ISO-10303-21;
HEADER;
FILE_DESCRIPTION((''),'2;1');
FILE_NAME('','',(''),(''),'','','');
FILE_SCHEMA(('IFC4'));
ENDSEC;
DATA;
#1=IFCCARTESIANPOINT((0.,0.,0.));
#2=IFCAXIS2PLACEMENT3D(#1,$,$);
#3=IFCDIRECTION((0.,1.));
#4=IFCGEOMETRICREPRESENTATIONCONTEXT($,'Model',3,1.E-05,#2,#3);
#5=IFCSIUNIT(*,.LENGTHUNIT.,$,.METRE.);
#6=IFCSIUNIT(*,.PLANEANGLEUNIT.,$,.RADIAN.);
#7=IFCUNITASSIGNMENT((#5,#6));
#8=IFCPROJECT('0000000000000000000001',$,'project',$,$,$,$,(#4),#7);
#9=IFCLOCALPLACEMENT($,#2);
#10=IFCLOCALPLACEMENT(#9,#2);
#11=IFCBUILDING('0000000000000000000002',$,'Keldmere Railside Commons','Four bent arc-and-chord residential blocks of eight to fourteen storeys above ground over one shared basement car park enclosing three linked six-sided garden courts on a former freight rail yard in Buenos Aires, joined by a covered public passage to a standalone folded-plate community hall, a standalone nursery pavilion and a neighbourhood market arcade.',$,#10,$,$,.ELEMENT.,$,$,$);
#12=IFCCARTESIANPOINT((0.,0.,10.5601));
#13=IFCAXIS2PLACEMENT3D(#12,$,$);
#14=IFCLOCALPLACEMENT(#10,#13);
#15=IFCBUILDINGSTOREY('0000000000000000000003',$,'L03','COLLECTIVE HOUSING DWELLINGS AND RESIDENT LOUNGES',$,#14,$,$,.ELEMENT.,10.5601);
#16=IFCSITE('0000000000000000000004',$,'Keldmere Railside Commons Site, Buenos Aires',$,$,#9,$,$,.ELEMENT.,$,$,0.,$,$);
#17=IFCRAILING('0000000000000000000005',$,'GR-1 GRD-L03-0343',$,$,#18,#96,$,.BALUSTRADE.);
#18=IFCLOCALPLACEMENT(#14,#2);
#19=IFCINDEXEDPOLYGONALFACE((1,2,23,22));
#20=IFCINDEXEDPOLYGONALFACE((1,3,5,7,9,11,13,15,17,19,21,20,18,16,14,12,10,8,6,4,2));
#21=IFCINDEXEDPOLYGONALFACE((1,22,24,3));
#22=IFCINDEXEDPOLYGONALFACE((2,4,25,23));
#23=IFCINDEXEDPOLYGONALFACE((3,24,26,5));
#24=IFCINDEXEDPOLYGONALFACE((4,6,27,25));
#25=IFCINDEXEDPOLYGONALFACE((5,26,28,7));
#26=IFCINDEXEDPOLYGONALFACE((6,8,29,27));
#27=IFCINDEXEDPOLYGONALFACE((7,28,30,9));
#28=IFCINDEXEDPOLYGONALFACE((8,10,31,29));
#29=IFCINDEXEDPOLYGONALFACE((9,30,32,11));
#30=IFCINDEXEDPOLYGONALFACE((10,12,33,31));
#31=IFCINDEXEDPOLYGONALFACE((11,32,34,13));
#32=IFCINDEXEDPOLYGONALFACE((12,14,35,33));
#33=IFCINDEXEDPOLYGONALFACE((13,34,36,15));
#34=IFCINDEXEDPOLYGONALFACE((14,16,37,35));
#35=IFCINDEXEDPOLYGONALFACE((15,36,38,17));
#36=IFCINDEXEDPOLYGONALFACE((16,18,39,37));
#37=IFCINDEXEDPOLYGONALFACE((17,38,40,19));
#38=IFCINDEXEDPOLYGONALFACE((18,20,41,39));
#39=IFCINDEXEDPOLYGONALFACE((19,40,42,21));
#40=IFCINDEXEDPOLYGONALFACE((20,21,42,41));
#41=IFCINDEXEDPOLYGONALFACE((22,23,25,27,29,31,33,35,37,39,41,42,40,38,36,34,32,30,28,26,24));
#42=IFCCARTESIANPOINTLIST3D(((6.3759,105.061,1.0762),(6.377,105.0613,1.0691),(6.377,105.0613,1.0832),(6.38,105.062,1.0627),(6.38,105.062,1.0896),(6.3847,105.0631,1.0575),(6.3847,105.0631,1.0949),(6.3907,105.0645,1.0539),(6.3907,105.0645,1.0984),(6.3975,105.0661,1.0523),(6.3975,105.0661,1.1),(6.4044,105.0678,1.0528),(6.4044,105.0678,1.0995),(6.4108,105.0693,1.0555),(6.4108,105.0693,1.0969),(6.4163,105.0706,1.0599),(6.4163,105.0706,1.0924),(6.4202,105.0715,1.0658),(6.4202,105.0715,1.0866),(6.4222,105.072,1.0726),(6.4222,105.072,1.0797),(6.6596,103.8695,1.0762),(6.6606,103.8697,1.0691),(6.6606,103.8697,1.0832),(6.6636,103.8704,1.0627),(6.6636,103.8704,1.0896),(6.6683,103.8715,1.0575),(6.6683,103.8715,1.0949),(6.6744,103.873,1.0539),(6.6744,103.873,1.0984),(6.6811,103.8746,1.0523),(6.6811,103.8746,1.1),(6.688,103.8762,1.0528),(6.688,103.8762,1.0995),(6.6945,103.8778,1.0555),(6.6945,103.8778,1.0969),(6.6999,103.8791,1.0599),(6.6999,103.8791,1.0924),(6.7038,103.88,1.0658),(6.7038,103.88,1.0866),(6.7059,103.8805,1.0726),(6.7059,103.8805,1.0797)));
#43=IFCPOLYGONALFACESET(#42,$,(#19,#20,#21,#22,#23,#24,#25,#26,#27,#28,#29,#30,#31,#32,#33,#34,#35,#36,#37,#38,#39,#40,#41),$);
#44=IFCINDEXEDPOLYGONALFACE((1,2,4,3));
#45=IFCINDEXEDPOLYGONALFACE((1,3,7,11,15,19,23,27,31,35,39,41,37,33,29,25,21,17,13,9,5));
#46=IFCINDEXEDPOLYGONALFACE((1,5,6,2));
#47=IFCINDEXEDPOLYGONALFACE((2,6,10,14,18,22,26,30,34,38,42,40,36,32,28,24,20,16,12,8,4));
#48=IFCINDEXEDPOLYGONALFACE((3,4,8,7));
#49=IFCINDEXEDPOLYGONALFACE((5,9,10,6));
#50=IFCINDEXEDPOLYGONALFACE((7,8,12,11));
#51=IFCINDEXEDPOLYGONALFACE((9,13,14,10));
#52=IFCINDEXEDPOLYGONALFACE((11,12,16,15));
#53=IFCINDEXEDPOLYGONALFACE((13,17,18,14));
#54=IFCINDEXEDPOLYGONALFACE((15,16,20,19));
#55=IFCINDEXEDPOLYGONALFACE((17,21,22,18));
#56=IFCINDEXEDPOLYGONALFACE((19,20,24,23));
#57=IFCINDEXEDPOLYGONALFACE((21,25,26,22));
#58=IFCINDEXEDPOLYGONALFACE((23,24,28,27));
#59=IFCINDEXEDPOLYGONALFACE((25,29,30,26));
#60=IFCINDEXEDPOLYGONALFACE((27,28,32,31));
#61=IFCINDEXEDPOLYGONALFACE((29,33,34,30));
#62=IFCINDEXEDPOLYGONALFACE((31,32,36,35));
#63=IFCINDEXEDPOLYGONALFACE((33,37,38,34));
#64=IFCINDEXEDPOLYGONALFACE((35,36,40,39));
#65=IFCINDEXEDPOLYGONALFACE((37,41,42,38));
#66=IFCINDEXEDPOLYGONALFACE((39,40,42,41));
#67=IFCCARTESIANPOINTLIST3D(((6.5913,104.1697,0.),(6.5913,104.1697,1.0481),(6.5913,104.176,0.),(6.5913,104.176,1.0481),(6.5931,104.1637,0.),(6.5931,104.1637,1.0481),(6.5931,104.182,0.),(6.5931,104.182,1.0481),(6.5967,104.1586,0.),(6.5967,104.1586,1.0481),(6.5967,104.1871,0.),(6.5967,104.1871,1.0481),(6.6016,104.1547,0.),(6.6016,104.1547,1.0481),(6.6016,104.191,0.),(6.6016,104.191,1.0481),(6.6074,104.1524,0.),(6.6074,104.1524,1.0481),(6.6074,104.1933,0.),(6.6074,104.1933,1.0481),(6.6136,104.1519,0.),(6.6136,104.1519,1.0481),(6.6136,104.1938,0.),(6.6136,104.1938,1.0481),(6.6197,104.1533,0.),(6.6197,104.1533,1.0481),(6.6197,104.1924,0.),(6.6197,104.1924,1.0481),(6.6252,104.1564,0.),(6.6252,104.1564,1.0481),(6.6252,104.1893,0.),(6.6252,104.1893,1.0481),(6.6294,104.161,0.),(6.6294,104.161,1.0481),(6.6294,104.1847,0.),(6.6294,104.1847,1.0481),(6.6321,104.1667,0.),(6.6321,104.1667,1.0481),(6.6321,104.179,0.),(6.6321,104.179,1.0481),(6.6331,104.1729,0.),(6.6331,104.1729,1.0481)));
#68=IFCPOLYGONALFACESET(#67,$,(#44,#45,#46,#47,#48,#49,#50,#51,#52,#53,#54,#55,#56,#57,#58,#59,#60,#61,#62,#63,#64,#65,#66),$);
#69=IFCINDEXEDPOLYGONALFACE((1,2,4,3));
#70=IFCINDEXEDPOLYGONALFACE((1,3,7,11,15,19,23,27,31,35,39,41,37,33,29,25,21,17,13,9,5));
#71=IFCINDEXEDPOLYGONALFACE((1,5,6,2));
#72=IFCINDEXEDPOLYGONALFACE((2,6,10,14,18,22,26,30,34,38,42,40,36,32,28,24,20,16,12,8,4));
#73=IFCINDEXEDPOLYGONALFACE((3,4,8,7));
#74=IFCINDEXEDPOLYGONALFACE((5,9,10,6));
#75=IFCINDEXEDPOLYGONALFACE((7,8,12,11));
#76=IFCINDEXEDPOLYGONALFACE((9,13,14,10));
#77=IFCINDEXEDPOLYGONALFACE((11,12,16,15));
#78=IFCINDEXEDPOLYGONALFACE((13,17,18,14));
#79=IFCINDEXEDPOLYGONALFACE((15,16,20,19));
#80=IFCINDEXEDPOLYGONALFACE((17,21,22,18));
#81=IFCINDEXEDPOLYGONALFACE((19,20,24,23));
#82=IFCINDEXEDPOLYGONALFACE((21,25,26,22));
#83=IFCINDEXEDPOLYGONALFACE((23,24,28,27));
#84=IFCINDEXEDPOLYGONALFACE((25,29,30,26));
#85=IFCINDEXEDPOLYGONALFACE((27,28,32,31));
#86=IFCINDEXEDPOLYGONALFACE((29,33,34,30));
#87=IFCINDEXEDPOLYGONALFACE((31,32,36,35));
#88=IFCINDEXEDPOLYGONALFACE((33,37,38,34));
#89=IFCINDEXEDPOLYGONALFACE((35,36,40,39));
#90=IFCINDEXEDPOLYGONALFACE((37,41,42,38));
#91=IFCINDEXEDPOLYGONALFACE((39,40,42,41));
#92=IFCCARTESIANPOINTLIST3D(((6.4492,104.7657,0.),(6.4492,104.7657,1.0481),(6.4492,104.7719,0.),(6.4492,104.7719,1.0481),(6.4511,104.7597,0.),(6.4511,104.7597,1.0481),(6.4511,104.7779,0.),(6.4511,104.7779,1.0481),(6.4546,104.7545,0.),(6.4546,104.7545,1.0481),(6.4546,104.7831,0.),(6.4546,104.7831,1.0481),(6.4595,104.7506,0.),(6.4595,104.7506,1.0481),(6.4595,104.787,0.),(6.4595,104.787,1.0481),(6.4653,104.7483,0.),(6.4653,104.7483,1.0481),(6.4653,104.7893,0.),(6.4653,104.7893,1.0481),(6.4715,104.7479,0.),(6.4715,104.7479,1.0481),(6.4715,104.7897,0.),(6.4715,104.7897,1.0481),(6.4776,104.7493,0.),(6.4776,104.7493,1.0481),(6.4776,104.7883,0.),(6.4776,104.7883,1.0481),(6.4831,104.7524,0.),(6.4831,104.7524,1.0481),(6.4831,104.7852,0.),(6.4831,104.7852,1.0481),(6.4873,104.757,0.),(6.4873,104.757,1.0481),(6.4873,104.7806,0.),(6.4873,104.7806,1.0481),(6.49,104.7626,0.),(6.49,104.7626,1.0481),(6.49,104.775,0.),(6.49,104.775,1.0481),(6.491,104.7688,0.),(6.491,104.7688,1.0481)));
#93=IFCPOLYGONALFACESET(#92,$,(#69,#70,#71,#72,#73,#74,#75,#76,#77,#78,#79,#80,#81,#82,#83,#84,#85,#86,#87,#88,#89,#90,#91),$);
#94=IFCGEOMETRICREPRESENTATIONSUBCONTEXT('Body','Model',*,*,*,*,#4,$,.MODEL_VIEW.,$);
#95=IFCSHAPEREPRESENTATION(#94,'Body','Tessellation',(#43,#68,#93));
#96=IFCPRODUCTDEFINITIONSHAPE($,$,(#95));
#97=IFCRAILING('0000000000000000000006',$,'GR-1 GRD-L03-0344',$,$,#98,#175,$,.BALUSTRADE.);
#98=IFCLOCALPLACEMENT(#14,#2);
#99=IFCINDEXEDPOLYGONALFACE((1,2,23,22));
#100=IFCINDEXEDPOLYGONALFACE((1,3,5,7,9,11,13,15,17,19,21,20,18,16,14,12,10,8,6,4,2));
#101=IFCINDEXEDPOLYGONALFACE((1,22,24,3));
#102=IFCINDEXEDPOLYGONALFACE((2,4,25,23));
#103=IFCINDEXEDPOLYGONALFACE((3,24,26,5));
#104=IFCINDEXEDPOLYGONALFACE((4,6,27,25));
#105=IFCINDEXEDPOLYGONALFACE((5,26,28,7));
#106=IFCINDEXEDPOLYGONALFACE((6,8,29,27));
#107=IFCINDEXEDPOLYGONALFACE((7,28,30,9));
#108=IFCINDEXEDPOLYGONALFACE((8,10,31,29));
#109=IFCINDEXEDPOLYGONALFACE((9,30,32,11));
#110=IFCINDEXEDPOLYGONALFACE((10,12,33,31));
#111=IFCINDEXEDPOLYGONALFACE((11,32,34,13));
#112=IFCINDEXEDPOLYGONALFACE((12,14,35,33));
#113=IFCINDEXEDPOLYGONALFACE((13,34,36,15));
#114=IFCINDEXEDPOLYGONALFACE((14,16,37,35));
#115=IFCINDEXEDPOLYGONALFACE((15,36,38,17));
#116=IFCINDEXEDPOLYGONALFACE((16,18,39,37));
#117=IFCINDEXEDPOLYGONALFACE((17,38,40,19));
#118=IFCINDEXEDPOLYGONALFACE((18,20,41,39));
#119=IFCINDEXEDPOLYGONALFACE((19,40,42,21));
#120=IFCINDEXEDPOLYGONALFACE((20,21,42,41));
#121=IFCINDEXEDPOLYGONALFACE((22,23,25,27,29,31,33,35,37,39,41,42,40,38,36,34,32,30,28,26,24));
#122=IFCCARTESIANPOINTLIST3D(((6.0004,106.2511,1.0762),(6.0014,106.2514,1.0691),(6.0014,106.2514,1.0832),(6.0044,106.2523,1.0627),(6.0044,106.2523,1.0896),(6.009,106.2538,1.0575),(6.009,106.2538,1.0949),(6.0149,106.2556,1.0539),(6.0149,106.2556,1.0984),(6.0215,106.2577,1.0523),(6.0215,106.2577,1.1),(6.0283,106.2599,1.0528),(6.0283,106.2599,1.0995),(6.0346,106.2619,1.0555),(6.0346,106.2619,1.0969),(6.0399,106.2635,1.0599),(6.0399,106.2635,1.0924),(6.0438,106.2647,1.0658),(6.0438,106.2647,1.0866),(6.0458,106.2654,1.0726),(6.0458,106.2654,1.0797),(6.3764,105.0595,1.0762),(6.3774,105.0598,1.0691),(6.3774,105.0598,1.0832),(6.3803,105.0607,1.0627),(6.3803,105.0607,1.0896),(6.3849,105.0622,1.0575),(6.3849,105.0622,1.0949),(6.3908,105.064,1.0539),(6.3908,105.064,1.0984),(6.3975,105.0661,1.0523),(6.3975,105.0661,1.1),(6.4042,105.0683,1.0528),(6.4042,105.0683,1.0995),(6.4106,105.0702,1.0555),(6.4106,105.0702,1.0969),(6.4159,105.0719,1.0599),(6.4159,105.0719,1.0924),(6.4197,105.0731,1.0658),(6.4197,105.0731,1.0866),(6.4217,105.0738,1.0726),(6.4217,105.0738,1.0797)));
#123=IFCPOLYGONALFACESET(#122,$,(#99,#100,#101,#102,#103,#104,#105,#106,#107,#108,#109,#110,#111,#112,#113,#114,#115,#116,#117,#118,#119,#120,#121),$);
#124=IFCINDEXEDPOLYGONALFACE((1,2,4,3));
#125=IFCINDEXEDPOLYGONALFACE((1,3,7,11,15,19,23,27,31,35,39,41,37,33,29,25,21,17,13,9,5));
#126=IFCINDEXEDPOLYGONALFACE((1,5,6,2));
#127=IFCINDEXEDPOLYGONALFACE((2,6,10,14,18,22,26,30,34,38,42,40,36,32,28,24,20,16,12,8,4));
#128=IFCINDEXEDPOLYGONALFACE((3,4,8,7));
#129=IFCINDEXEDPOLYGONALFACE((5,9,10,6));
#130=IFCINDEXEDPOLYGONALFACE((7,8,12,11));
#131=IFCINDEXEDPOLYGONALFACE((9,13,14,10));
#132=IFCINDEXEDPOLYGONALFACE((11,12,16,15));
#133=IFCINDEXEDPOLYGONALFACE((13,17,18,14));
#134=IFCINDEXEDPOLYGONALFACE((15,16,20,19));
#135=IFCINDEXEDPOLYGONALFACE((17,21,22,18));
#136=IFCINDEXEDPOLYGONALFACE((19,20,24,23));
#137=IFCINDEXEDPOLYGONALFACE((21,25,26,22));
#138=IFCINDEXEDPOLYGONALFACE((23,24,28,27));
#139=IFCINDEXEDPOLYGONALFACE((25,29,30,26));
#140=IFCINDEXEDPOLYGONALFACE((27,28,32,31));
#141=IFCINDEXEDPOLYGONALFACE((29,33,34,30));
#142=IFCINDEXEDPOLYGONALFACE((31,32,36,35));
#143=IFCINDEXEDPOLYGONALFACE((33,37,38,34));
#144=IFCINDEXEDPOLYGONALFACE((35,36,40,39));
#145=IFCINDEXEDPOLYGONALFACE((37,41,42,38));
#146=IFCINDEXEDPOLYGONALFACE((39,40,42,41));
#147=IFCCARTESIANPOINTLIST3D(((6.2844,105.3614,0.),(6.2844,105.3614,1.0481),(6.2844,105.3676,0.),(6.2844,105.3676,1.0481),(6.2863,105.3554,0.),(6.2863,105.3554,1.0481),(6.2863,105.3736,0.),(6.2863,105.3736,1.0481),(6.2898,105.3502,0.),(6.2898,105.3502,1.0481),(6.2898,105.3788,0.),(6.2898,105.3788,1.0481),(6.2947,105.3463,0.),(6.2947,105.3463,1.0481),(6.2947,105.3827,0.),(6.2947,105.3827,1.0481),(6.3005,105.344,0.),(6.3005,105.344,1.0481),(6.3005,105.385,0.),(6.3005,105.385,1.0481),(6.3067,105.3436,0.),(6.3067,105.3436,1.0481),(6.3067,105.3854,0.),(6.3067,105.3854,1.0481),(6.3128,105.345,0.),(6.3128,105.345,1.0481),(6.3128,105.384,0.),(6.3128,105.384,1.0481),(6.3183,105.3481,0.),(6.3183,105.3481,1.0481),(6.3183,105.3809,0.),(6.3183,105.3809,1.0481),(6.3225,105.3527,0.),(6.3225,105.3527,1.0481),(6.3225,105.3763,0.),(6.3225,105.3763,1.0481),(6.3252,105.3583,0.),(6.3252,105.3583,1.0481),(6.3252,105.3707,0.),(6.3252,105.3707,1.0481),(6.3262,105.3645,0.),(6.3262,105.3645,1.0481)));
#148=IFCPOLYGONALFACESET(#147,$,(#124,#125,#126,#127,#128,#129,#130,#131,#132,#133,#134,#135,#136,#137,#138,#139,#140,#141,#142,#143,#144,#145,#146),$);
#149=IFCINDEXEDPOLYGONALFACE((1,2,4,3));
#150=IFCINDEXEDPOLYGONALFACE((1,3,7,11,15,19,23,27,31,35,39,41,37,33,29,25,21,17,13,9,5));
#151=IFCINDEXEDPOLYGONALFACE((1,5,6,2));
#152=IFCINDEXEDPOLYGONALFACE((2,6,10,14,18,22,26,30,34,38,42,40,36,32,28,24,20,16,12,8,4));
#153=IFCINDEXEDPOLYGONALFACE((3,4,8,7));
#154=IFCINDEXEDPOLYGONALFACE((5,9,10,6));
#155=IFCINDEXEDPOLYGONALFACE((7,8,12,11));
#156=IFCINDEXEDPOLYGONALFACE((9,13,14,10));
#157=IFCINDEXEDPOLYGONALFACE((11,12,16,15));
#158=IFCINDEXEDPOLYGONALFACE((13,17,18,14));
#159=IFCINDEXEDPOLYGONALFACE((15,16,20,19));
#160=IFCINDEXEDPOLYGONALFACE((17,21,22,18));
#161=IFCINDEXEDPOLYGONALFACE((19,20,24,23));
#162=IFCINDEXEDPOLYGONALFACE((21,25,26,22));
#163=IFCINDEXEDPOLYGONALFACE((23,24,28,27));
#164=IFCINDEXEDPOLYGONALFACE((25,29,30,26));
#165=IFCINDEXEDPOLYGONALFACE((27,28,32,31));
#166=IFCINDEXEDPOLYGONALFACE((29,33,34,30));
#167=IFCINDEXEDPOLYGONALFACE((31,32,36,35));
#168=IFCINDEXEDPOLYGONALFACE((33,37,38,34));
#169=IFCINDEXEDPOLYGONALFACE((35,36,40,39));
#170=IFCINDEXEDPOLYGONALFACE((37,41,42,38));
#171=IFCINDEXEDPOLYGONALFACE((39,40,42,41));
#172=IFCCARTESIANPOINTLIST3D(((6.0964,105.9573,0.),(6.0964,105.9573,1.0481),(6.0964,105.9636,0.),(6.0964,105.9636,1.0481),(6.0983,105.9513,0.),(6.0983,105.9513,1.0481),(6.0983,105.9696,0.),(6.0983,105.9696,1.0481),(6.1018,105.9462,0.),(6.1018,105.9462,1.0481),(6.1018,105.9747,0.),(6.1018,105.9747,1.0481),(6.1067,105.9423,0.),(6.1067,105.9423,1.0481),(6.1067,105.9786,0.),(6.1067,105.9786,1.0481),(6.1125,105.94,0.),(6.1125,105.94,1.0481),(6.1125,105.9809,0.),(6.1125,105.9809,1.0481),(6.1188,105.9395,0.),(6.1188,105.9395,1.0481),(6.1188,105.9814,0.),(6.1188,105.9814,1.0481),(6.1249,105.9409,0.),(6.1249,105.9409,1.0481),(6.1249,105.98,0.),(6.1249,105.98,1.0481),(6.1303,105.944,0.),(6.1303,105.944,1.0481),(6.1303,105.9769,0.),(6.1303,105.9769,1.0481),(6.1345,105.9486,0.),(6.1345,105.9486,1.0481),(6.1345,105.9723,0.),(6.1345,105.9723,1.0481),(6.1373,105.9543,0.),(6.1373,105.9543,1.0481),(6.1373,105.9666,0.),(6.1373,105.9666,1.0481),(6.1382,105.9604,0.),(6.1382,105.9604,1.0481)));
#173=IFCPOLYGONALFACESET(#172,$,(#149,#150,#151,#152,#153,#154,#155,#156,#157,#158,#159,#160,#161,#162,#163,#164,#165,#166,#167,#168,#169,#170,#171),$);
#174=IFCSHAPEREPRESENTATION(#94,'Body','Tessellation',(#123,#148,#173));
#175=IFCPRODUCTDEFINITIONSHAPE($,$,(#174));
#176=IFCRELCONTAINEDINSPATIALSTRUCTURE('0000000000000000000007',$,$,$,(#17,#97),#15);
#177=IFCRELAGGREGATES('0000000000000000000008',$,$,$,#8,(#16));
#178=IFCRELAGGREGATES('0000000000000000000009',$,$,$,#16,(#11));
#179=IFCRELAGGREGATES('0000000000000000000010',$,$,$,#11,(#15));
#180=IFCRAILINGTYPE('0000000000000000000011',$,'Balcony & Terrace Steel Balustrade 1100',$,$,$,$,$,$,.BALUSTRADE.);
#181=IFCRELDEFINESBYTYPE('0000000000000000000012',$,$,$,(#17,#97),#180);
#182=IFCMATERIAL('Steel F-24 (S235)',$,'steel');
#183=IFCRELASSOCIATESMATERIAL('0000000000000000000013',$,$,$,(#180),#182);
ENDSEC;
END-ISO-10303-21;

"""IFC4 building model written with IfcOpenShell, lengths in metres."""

from ifc_helpers import new_model, si_unit, direction, frame, origin, origin_2d, place, context, subcontext, project, spatial, circle, extrude, material, type_object, element, save


model = new_model("IFC4")

# Units and contexts
model_context = context("Model", 3, precision=1e-05, world=origin(), true_north=direction((0.0, 1.0)))
body_context = subcontext(model_context, "Body", "Model", "MODEL_VIEW")
ifc_project = project(units=[si_unit("LENGTHUNIT", "METRE"), si_unit("PLANEANGLEUNIT", "RADIAN")], contexts=[model_context])

# Site, building, storey
site_placement = place(None, origin())
site = spatial("IfcSite", under=ifc_project, at=site_placement, Name="Keldmere Railside Commons Site, Buenos Aires", CompositionType="ELEMENT", RefElevation=0.0)
building_placement = place(site_placement, origin())
building = spatial("IfcBuilding", under=site, at=building_placement, Name="Keldmere Railside Commons", Description="Four bent arc-and-chord residential blocks of eight to fourteen storeys above ground over one shared basement car park enclosing three linked six-sided garden courts on a former freight rail yard in Buenos Aires, joined by a covered public passage to a standalone folded-plate community hall, a standalone nursery pavilion and a neighbourhood market arcade.", CompositionType="ELEMENT")
storey_placement = place(building_placement, frame((0.0, 0.0, 10.5601)))
storey = spatial("IfcBuildingStorey", under=building, at=storey_placement, Name="L03", Description="COLLECTIVE HOUSING DWELLINGS AND RESIDENT LOUNGES", CompositionType="ELEMENT", Elevation=10.5601)

# Shared definitions
ifc_material_1 = material(Name="Steel F-24 (S235)", Category="steel")

# Railings
railing_type = type_object("IfcRailingType", Name="Balcony & Terrace Steel Balustrade 1100", PredefinedType="BALUSTRADE", material=ifc_material_1)
railing_1_placement = place(storey_placement, frame((6.6829, 103.875, 0.0)))
element("IfcRailing", 1, at=railing_1_placement, inside=storey, type_object=railing_type, Name="GR-1 GRD-L03-0343", PredefinedType="BALUSTRADE", context=body_context, shape_type="SweptSolid", body=[
    extrude(circle(Radius=0.0239, at=origin_2d()), frame((0.0, 0.0, 1.0762), z_axis=(-0.231594, 0.972813, 0.0), x_axis=(-0.972813, -0.231594, 0.0)), (0.0, 0.0, 1.0), 1.2249),
    extrude(circle(Radius=0.021, at=origin_2d()), frame((-0.0708, 0.2979, 0.0)), (0.0, 0.0, 1.0), 1.0481),
    extrude(circle(Radius=0.021, at=origin_2d()), frame((-0.2129, 0.8938, 0.0)), (0.0, 0.0, 1.0), 1.0481),
])
railing_2_placement = place(storey_placement, frame((6.3992, 105.0667, 0.0)))
element("IfcRailing", 2, at=railing_2_placement, inside=storey, type_object=railing_type, Name="GR-1 GRD-L03-0344", PredefinedType="BALUSTRADE", context=body_context, shape_type="SweptSolid", body=[
    extrude(circle(Radius=0.0239, at=origin_2d()), frame((0.0, 0.0, 1.0762), z_axis=(-0.300888, 0.953659, 0.0), x_axis=(-0.953659, -0.300888, 0.0)), (0.0, 0.0, 1.0), 1.2495),
    extrude(circle(Radius=0.021, at=origin_2d()), frame((-0.094, 0.2979, 0.0)), (0.0, 0.0, 1.0), 1.0481),
    extrude(circle(Radius=0.021, at=origin_2d()), frame((-0.282, 0.8938, 0.0)), (0.0, 0.0, 1.0), 1.0481),
])

save(model, "model.ifc")
